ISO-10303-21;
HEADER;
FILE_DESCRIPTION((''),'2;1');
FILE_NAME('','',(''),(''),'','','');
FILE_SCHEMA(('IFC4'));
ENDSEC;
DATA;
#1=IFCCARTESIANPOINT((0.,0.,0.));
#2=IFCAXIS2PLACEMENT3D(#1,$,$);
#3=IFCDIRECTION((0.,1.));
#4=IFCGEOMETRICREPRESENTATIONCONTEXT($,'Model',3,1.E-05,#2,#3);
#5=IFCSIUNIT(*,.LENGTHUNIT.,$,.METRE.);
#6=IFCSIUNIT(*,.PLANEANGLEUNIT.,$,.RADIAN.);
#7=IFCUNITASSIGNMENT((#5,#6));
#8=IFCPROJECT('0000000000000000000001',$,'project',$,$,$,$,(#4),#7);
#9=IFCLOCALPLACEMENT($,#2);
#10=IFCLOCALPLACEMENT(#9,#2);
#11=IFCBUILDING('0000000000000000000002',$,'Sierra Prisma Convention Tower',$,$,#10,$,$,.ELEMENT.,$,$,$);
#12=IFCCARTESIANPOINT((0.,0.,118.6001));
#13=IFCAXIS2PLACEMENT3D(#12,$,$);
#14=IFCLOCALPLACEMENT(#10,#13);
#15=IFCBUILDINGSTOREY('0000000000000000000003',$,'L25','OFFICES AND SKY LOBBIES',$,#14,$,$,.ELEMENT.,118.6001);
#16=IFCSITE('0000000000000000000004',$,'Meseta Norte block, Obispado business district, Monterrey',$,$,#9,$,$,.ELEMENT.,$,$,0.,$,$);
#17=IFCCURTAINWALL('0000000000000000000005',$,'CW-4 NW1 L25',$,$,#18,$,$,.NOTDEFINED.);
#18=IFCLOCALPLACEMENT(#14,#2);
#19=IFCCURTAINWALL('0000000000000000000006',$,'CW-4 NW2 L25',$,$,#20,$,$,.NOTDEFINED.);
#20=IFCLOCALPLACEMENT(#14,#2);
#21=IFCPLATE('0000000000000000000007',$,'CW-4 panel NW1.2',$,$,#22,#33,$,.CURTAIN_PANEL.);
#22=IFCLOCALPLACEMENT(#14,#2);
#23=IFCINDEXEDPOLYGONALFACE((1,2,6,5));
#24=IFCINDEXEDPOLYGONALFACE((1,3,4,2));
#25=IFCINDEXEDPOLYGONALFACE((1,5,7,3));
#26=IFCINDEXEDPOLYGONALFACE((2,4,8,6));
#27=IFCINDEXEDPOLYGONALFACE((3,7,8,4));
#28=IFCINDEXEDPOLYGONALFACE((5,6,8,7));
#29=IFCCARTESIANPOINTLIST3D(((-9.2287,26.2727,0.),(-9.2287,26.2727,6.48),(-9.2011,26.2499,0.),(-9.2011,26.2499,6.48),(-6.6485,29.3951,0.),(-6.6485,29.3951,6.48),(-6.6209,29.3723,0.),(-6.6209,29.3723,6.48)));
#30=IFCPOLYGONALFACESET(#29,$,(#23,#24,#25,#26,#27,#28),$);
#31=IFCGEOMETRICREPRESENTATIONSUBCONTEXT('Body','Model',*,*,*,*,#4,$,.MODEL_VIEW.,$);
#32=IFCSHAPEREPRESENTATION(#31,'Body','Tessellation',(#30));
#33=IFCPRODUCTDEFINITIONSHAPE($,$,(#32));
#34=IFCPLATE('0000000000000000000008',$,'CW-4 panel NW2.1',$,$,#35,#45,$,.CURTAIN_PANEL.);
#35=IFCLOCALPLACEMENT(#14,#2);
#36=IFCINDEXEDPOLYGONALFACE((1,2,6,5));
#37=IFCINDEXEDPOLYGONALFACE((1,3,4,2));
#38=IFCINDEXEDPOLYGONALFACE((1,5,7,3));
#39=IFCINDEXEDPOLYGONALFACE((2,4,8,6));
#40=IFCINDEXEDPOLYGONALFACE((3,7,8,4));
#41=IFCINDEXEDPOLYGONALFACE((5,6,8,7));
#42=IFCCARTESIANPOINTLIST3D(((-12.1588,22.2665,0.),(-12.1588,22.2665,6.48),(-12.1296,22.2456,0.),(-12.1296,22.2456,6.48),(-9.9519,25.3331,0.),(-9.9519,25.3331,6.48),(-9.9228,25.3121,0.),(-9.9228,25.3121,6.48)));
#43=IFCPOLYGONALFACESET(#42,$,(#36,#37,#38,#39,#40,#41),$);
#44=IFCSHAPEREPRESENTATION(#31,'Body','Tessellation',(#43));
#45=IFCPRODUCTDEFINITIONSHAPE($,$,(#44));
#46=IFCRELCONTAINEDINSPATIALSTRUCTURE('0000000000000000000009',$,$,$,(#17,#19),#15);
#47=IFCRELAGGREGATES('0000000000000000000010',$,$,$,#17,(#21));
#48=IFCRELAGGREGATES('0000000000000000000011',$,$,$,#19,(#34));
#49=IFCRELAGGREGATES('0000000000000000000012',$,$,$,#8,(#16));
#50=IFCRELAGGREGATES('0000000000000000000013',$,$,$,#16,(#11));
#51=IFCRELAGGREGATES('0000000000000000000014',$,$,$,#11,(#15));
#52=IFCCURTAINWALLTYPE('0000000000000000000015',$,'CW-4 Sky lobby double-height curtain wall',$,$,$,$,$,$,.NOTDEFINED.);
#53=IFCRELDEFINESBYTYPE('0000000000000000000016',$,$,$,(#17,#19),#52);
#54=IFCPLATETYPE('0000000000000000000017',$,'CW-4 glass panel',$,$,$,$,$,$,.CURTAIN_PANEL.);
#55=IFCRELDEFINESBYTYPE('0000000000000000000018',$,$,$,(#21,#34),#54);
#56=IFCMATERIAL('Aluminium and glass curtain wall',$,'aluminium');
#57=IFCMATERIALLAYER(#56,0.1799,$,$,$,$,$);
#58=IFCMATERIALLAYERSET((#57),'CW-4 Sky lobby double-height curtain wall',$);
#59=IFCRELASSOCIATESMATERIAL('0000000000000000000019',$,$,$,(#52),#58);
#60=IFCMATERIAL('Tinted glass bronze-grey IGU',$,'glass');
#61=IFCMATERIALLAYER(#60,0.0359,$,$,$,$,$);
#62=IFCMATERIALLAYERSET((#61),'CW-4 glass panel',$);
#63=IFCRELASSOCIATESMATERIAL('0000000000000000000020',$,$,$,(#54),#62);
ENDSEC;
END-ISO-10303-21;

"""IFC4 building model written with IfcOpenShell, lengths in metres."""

from ifc_helpers import new_model, si_unit, direction, frame, origin, origin_2d, place, context, subcontext, project, spatial, rectangle, extrude, material, layer, layer_set, type_object, element, aggregate, save


model = new_model("IFC4")

# Units and contexts
model_context = context("Model", 3, precision=1e-05, world=origin(), true_north=direction((0.0, 1.0)))
body_context = subcontext(model_context, "Body", "Model", "MODEL_VIEW")
ifc_project = project(units=[si_unit("LENGTHUNIT", "METRE"), si_unit("PLANEANGLEUNIT", "RADIAN")], contexts=[model_context])

# Site, building, storey
site_placement = place(None, origin())
site = spatial("IfcSite", under=ifc_project, at=site_placement, Name="Meseta Norte block, Obispado business district, Monterrey", CompositionType="ELEMENT", RefElevation=0.0)
building_placement = place(site_placement, origin())
building = spatial("IfcBuilding", under=site, at=building_placement, Name="Sierra Prisma Convention Tower", CompositionType="ELEMENT")
storey_placement = place(building_placement, frame((0.0, 0.0, 118.6001)))
storey = spatial("IfcBuildingStorey", under=building, at=storey_placement, Name="L25", Description="OFFICES AND SKY LOBBIES", CompositionType="ELEMENT", Elevation=118.6001)

# Shared definitions
ifc_material_1 = material(Name="Aluminium and glass curtain wall", Category="aluminium")
ifc_layer_1 = layer(ifc_material_1, 0.1799)
ifc_layer_set_1 = layer_set([ifc_layer_1], Name="CW-4 Sky lobby double-height curtain wall")
curtain_wall_type = type_object("IfcCurtainWallType", Name="CW-4 Sky lobby double-height curtain wall", PredefinedType="NOTDEFINED", material=ifc_layer_set_1)

# Curtain walls
curtain_wall_1_placement = place(storey_placement, origin())
curtain_wall_1 = element("IfcCurtainWall", 1, at=curtain_wall_1_placement, inside=storey, type_object=curtain_wall_type, Name="CW-4 NW1 L25", PredefinedType="NOTDEFINED")
curtain_wall_2_placement = place(storey_placement, origin())
curtain_wall_2 = element("IfcCurtainWall", 2, at=curtain_wall_2_placement, inside=storey, type_object=curtain_wall_type, Name="CW-4 NW2 L25", PredefinedType="NOTDEFINED")

# Plates
ifc_material_2 = material(Name="Tinted glass bronze-grey IGU", Category="glass")
ifc_layer_2 = layer(ifc_material_2, 0.0359)
ifc_layer_set_2 = layer_set([ifc_layer_2], Name="CW-4 glass panel")
plate_type = type_object("IfcPlateType", Name="CW-4 glass panel", PredefinedType="CURTAIN_PANEL", material=ifc_layer_set_2)
plate_1_placement = place(storey_placement, frame((-7.9248, 27.8225, 0.0), z_axis=(0.0, 0.0, 1.0), x_axis=(-0.637005, -0.77086, 0.0)))
plate_1 = element("IfcPlate", 3, at=plate_1_placement, type_object=plate_type, Name="CW-4 panel NW1.2", PredefinedType="CURTAIN_PANEL", context=body_context, shape_type="SweptSolid", body=[
    extrude(rectangle(XDim=4.0505, YDim=0.0359, at=origin_2d()), origin(), (0.0, 0.0, 1.0), 6.48),
])
aggregate(curtain_wall_1, [plate_1])
plate_2_placement = place(storey_placement, frame((-11.0408, 23.7893, 0.0), z_axis=(0.0, 0.0, 1.0), x_axis=(-0.584126, -0.811663, 0.0)))
plate_2 = element("IfcPlate", 4, at=plate_2_placement, type_object=plate_type, Name="CW-4 panel NW2.1", PredefinedType="CURTAIN_PANEL", context=body_context, shape_type="SweptSolid", body=[
    extrude(rectangle(XDim=3.7781, YDim=0.0359, at=origin_2d()), origin(), (0.0, 0.0, 1.0), 6.48),
])
aggregate(curtain_wall_2, [plate_2])

save(model, "model.ifc")
